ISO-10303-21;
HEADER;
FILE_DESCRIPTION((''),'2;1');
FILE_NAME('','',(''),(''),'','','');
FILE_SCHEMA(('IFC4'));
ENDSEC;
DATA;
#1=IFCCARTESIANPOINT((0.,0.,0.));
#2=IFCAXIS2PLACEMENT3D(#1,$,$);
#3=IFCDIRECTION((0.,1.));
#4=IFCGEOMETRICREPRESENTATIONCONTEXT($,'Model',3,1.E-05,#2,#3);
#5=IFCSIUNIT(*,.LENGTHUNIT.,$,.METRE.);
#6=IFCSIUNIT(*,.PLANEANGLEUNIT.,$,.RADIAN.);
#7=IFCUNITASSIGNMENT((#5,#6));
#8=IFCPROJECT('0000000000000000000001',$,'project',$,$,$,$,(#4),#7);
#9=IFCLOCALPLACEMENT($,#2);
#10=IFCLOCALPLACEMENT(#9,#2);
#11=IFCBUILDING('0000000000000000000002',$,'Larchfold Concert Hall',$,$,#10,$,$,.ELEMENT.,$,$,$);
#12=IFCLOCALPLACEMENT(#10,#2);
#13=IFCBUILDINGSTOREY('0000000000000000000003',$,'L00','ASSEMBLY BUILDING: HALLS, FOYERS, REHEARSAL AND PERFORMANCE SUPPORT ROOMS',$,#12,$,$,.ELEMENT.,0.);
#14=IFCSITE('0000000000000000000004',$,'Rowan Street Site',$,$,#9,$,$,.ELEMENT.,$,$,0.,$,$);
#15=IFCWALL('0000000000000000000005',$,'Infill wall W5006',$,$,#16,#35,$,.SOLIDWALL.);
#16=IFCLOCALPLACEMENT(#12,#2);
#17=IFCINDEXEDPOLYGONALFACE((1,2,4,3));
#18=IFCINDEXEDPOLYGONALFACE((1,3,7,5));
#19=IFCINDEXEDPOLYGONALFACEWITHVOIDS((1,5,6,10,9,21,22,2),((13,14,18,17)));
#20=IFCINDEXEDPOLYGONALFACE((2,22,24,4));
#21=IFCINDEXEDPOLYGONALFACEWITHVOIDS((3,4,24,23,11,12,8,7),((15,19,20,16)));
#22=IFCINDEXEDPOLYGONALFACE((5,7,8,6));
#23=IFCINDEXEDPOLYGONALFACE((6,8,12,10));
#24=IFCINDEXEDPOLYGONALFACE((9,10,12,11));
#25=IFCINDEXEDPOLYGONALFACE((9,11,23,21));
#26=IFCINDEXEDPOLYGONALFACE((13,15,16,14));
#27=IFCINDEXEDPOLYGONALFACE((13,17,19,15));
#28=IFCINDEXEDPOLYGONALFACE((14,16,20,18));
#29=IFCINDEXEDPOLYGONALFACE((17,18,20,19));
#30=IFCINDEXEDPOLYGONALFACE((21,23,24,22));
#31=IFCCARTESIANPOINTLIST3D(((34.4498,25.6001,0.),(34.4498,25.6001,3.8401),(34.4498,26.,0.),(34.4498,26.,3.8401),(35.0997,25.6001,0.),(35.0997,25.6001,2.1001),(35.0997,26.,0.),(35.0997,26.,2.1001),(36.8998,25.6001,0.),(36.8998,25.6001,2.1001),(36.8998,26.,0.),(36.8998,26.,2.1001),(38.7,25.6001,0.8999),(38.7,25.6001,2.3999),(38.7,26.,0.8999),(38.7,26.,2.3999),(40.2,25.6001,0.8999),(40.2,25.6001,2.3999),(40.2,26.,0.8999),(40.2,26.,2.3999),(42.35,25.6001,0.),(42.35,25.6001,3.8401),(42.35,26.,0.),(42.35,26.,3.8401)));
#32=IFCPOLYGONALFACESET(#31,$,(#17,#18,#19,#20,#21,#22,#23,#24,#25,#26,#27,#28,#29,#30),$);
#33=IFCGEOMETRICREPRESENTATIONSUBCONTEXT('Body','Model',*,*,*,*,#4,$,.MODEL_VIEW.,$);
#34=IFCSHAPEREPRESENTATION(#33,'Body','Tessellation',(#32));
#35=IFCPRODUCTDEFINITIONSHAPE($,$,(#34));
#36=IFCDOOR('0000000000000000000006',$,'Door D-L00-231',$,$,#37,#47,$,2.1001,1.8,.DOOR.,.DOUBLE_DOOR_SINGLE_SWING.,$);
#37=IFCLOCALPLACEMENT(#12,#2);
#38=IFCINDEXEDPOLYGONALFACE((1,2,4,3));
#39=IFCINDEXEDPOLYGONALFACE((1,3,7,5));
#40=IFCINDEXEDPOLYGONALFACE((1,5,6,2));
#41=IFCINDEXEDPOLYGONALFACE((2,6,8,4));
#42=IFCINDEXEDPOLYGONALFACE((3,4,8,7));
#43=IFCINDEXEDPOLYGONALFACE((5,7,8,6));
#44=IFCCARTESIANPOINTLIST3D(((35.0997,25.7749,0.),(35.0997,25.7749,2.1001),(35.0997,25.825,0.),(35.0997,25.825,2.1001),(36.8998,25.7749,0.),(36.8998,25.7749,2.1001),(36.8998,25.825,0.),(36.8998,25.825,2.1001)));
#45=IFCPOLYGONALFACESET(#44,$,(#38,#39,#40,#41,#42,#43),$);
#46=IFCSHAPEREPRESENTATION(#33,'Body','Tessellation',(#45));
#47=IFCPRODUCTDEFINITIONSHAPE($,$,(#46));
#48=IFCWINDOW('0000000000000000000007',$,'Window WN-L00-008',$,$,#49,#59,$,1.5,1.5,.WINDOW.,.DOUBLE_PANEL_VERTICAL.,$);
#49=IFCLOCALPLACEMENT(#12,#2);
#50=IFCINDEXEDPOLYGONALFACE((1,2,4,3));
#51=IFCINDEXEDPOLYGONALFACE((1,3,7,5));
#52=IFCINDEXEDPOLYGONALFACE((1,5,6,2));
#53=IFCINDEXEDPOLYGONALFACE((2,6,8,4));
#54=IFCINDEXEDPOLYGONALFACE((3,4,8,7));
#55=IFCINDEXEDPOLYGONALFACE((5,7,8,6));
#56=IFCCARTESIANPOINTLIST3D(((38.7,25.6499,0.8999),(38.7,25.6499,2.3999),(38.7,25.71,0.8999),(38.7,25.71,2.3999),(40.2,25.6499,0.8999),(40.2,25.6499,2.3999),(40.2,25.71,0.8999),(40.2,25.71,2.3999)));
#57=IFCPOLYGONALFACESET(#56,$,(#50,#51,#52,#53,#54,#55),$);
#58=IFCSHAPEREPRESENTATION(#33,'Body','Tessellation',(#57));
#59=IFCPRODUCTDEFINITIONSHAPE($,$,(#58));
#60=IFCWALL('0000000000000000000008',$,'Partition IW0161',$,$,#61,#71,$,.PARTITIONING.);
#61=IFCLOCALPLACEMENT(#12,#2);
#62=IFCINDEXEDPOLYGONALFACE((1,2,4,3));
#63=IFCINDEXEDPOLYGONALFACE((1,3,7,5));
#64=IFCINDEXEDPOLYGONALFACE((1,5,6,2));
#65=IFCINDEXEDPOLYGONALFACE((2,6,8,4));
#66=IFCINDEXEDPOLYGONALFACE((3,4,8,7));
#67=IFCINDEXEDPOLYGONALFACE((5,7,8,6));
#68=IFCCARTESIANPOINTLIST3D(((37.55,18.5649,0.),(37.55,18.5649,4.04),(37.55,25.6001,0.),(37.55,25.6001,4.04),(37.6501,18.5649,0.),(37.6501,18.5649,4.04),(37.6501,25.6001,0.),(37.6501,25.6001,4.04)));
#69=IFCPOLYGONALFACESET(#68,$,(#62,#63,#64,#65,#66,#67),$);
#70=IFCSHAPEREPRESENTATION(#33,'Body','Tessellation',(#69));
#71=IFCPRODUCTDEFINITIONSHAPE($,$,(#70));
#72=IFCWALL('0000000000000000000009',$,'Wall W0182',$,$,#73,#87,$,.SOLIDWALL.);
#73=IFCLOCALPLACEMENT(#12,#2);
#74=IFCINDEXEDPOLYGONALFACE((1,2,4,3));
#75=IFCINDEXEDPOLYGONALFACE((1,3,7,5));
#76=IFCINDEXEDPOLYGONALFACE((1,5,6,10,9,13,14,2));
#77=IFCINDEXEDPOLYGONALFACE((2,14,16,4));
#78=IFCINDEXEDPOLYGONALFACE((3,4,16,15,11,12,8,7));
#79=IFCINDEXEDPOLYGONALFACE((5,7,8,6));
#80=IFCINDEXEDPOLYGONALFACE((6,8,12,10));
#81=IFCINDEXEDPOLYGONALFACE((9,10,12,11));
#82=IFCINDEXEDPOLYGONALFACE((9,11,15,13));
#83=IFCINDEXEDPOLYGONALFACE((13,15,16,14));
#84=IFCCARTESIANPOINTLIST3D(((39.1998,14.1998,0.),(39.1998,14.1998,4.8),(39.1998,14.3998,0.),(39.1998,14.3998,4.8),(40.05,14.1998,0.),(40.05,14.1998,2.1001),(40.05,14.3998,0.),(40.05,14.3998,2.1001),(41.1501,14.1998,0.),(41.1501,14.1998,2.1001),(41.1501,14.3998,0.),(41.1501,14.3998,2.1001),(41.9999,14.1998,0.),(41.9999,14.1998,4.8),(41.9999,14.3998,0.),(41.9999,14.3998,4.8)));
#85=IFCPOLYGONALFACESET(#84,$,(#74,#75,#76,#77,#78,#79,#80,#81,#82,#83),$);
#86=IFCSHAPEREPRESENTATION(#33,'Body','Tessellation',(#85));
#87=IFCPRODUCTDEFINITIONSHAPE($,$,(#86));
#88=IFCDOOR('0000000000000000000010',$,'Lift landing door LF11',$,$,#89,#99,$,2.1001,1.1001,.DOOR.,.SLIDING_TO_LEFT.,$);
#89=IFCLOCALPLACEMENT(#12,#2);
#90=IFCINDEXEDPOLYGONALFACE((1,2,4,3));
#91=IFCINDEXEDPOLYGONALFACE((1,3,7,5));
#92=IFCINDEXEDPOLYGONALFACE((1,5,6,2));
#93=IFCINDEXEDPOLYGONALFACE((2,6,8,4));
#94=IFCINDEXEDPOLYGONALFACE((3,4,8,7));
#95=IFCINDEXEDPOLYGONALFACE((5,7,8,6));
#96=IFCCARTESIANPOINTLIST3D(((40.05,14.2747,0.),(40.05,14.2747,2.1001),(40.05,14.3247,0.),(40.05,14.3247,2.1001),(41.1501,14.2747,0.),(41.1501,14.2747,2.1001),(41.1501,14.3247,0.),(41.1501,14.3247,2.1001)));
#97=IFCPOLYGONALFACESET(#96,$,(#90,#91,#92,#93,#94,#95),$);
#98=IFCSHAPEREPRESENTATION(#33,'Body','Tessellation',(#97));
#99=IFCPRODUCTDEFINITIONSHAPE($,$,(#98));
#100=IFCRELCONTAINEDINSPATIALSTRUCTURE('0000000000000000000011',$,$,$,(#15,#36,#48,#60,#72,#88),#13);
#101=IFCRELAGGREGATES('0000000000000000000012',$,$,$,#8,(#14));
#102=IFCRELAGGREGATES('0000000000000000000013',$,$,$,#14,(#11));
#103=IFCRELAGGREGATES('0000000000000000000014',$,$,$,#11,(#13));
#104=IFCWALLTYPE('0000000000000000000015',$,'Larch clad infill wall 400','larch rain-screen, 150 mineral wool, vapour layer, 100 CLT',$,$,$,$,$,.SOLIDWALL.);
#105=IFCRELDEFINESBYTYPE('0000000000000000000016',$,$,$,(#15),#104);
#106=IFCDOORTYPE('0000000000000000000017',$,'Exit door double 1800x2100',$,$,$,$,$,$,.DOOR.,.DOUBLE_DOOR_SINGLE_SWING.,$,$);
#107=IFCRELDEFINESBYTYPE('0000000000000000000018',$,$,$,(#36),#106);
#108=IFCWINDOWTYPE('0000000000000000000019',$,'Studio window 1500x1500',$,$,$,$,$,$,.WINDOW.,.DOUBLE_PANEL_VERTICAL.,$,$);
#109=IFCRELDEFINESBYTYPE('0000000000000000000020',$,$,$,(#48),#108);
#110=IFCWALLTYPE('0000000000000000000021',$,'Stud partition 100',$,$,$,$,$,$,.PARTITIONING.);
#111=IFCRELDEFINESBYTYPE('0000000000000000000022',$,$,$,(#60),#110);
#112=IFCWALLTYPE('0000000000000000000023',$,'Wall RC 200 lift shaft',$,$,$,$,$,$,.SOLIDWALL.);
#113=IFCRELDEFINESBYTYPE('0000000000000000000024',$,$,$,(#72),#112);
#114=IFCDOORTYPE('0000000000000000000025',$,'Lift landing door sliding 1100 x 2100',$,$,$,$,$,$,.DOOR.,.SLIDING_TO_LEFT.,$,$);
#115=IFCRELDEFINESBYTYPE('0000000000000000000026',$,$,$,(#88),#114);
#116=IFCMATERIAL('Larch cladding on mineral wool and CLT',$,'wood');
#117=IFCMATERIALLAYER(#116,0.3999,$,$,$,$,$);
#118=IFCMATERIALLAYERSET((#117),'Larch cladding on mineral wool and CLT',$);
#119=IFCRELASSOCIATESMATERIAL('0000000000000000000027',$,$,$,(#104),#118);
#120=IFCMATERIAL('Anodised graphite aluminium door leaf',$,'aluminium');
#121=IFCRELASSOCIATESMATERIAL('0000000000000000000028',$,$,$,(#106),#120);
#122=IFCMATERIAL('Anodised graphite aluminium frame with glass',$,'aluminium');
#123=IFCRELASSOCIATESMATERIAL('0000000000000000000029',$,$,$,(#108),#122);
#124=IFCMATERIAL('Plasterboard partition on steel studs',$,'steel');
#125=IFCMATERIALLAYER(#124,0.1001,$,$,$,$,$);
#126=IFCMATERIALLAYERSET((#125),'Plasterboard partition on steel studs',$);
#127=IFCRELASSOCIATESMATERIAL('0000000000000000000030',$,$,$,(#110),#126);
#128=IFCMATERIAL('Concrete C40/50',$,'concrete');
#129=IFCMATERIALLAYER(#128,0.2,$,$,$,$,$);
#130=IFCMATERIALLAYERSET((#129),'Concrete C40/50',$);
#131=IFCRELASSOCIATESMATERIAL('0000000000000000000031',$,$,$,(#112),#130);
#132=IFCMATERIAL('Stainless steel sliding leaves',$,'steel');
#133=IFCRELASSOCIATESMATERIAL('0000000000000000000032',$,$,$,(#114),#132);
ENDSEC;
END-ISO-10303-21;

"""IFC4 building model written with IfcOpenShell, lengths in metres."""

from ifc_helpers import new_model, si_unit, direction, frame, frame_2d, origin, place, context, subcontext, project, spatial, rectangle, extrude, material, layer, layer_set, type_object, element, fill, save


model = new_model("IFC4")

# Units and contexts
model_context = context("Model", 3, precision=1e-05, world=origin(), true_north=direction((0.0, 1.0)))
body_context = subcontext(model_context, "Body", "Model", "MODEL_VIEW")
ifc_project = project(units=[si_unit("LENGTHUNIT", "METRE"), si_unit("PLANEANGLEUNIT", "RADIAN")], contexts=[model_context])

# Site, building, storey
site_placement = place(None, origin())
site = spatial("IfcSite", under=ifc_project, at=site_placement, Name="Rowan Street Site", CompositionType="ELEMENT", RefElevation=0.0)
building_placement = place(site_placement, origin())
building = spatial("IfcBuilding", under=site, at=building_placement, Name="Larchfold Concert Hall", CompositionType="ELEMENT")
storey_placement = place(building_placement, origin())
storey = spatial("IfcBuildingStorey", under=building, at=storey_placement, Name="L00", Description="ASSEMBLY BUILDING: HALLS, FOYERS, REHEARSAL AND PERFORMANCE SUPPORT ROOMS", CompositionType="ELEMENT", Elevation=0.0)

# Wall, openings, door, window
ifc_material_1 = material(Name="Larch cladding on mineral wool and CLT", Category="wood")
ifc_layer_1 = layer(ifc_material_1, 0.3999)
ifc_layer_set_1 = layer_set([ifc_layer_1], Name="Larch cladding on mineral wool and CLT")
wall_type_1 = type_object("IfcWallType", Name="Larch clad infill wall 400", Description="larch rain-screen, 150 mineral wool, vapour layer, 100 CLT", PredefinedType="SOLIDWALL", material=ifc_layer_set_1)
wall_1_placement = place(storey_placement, frame((42.3501, 25.8, 0.0), z_axis=(0.0, 0.0, 1.0), x_axis=(-1.0, 0.0, 0.0)))
wall_1 = element("IfcWall", 1, at=wall_1_placement, inside=storey, type_object=wall_type_1, Name="Infill wall W5006", PredefinedType="SOLIDWALL", context=body_context, shape_type="SweptSolid", body=[
    extrude(rectangle(XDim=7.9001, YDim=0.3999, at=frame_2d((3.9502, 0.0))), origin(), (0.0, 0.0, 1.0), 3.8401),
])
opening_1_placement = place(wall_1_placement, frame((7.2502, 0.0, 0.0), z_axis=(0.0, 0.0, 1.0), x_axis=(-1.0, 0.0, 0.0)))
opening_1 = element("IfcOpeningElement", 2, at=opening_1_placement, cuts=wall_1, PredefinedType="OPENING", context=body_context, shape_type="SweptSolid", body=[
    extrude(rectangle(XDim=1.8, YDim=2.1001, at=frame_2d((0.8999, 1.05))), frame((0.0, 0.21, 0.0), z_axis=(0.0, -1.0, 0.0), x_axis=(1.0, 0.0, 0.0)), (0.0, 0.0, 1.0), 0.4199),
])
opening_2_placement = place(wall_1_placement, frame((2.1501, 0.0, 0.8999)))
opening_2 = element("IfcOpeningElement", 3, at=opening_2_placement, cuts=wall_1, PredefinedType="OPENING", context=body_context, shape_type="SweptSolid", body=[
    extrude(rectangle(XDim=1.5, YDim=1.5, at=frame_2d((0.75, 0.75))), frame((0.0, 0.21, 0.0), z_axis=(0.0, -1.0, 0.0), x_axis=(1.0, 0.0, 0.0)), (0.0, 0.0, 1.0), 0.4199),
])
ifc_material_2 = material(Name="Anodised graphite aluminium door leaf", Category="aluminium")
door_type_1 = type_object("IfcDoorType", Name="Exit door double 1800x2100", OperationType="DOUBLE_DOOR_SINGLE_SWING", PredefinedType="DOOR", material=ifc_material_2)
door_1_placement = place(opening_1_placement, origin())
door_1 = element("IfcDoor", 4, at=door_1_placement, inside=storey, type_object=door_type_1, Name="Door D-L00-231", OperationType="DOUBLE_DOOR_SINGLE_SWING", OverallHeight=2.1001, OverallWidth=1.8, PredefinedType="DOOR", context=body_context, shape_type="SweptSolid", body=[
    extrude(rectangle(XDim=1.8, YDim=2.1001, at=frame_2d((0.8999, 1.05))), frame((0.0, 0.0249, 0.0), z_axis=(0.0, -1.0, 0.0), x_axis=(1.0, 0.0, 0.0)), (0.0, 0.0, 1.0), 0.05),
])
fill(opening_1, door_1)
ifc_material_3 = material(Name="Anodised graphite aluminium frame with glass", Category="aluminium")
window_type = type_object("IfcWindowType", Name="Studio window 1500x1500", PartitioningType="DOUBLE_PANEL_VERTICAL", PredefinedType="WINDOW", material=ifc_material_3)
window_placement = place(opening_2_placement, origin())
window = element("IfcWindow", 5, at=window_placement, inside=storey, type_object=window_type, Name="Window WN-L00-008", OverallHeight=1.5, OverallWidth=1.5, PartitioningType="DOUBLE_PANEL_VERTICAL", PredefinedType="WINDOW", context=body_context, shape_type="SweptSolid", body=[
    extrude(rectangle(XDim=1.5, YDim=1.5, at=frame_2d((0.75, 0.75))), frame((0.0, 0.1501, 0.0), z_axis=(0.0, -1.0, 0.0), x_axis=(1.0, 0.0, 0.0)), (0.0, 0.0, 1.0), 0.0601),
])
fill(opening_2, window)

# Wall
ifc_material_4 = material(Name="Plasterboard partition on steel studs", Category="steel")
ifc_layer_2 = layer(ifc_material_4, 0.1001)
ifc_layer_set_2 = layer_set([ifc_layer_2], Name="Plasterboard partition on steel studs")
wall_type_2 = type_object("IfcWallType", Name="Stud partition 100", PredefinedType="PARTITIONING", material=ifc_layer_set_2)
wall_2_placement = place(storey_placement, frame((37.6001, 18.5649, 0.0), z_axis=(0.0, 0.0, 1.0), x_axis=(0.0, 1.0, 0.0)))
element("IfcWall", 6, at=wall_2_placement, inside=storey, type_object=wall_type_2, Name="Partition IW0161", PredefinedType="PARTITIONING", context=body_context, shape_type="SweptSolid", body=[
    extrude(rectangle(XDim=7.0352, YDim=0.1001, at=frame_2d((3.5176, 0.0))), origin(), (0.0, 0.0, 1.0), 4.04),
])

# Wall, opening, door
ifc_material_5 = material(Name="Concrete C40/50", Category="concrete")
ifc_layer_3 = layer(ifc_material_5, 0.2)
ifc_layer_set_3 = layer_set([ifc_layer_3], Name="Concrete C40/50")
wall_type_3 = type_object("IfcWallType", Name="Wall RC 200 lift shaft", PredefinedType="SOLIDWALL", material=ifc_layer_set_3)
wall_3_placement = place(storey_placement, frame((39.2, 14.2998, 0.0), z_axis=(0.0, 0.0, 1.0), x_axis=(1.0, 0.0, 0.0)))
wall_3 = element("IfcWall", 7, at=wall_3_placement, inside=storey, type_object=wall_type_3, Name="Wall W0182", PredefinedType="SOLIDWALL", context=body_context, shape_type="SweptSolid", body=[
    extrude(rectangle(XDim=2.8, YDim=0.2, at=frame_2d((1.3999, 0.0))), origin(), (0.0, 0.0, 1.0), 4.8),
])
opening_3_placement = place(wall_3_placement, frame((0.8501, 0.0, 0.0)))
opening_3 = element("IfcOpeningElement", 8, at=opening_3_placement, cuts=wall_3, PredefinedType="OPENING", context=body_context, shape_type="SweptSolid", body=[
    extrude(rectangle(XDim=1.1001, YDim=2.1001, at=frame_2d((0.55, 1.05))), frame((0.0, 0.1099, 0.0), z_axis=(0.0, -1.0, 0.0), x_axis=(1.0, 0.0, 0.0)), (0.0, 0.0, 1.0), 0.22),
])
ifc_material_6 = material(Name="Stainless steel sliding leaves", Category="steel")
door_type_2 = type_object("IfcDoorType", Name="Lift landing door sliding 1100 x 2100", OperationType="SLIDING_TO_LEFT", PredefinedType="DOOR", material=ifc_material_6)
door_2_placement = place(opening_3_placement, origin())
door_2 = element("IfcDoor", 9, at=door_2_placement, inside=storey, type_object=door_type_2, Name="Lift landing door LF11", OperationType="SLIDING_TO_LEFT", OverallHeight=2.1001, OverallWidth=1.1001, PredefinedType="DOOR", context=body_context, shape_type="SweptSolid", body=[
    extrude(rectangle(XDim=1.1001, YDim=2.1001, at=frame_2d((0.55, 1.05))), frame((0.0, 0.0249, 0.0), z_axis=(0.0, -1.0, 0.0), x_axis=(1.0, 0.0, 0.0)), (0.0, 0.0, 1.0), 0.05),
])
fill(opening_3, door_2)

save(model, "model.ifc")
